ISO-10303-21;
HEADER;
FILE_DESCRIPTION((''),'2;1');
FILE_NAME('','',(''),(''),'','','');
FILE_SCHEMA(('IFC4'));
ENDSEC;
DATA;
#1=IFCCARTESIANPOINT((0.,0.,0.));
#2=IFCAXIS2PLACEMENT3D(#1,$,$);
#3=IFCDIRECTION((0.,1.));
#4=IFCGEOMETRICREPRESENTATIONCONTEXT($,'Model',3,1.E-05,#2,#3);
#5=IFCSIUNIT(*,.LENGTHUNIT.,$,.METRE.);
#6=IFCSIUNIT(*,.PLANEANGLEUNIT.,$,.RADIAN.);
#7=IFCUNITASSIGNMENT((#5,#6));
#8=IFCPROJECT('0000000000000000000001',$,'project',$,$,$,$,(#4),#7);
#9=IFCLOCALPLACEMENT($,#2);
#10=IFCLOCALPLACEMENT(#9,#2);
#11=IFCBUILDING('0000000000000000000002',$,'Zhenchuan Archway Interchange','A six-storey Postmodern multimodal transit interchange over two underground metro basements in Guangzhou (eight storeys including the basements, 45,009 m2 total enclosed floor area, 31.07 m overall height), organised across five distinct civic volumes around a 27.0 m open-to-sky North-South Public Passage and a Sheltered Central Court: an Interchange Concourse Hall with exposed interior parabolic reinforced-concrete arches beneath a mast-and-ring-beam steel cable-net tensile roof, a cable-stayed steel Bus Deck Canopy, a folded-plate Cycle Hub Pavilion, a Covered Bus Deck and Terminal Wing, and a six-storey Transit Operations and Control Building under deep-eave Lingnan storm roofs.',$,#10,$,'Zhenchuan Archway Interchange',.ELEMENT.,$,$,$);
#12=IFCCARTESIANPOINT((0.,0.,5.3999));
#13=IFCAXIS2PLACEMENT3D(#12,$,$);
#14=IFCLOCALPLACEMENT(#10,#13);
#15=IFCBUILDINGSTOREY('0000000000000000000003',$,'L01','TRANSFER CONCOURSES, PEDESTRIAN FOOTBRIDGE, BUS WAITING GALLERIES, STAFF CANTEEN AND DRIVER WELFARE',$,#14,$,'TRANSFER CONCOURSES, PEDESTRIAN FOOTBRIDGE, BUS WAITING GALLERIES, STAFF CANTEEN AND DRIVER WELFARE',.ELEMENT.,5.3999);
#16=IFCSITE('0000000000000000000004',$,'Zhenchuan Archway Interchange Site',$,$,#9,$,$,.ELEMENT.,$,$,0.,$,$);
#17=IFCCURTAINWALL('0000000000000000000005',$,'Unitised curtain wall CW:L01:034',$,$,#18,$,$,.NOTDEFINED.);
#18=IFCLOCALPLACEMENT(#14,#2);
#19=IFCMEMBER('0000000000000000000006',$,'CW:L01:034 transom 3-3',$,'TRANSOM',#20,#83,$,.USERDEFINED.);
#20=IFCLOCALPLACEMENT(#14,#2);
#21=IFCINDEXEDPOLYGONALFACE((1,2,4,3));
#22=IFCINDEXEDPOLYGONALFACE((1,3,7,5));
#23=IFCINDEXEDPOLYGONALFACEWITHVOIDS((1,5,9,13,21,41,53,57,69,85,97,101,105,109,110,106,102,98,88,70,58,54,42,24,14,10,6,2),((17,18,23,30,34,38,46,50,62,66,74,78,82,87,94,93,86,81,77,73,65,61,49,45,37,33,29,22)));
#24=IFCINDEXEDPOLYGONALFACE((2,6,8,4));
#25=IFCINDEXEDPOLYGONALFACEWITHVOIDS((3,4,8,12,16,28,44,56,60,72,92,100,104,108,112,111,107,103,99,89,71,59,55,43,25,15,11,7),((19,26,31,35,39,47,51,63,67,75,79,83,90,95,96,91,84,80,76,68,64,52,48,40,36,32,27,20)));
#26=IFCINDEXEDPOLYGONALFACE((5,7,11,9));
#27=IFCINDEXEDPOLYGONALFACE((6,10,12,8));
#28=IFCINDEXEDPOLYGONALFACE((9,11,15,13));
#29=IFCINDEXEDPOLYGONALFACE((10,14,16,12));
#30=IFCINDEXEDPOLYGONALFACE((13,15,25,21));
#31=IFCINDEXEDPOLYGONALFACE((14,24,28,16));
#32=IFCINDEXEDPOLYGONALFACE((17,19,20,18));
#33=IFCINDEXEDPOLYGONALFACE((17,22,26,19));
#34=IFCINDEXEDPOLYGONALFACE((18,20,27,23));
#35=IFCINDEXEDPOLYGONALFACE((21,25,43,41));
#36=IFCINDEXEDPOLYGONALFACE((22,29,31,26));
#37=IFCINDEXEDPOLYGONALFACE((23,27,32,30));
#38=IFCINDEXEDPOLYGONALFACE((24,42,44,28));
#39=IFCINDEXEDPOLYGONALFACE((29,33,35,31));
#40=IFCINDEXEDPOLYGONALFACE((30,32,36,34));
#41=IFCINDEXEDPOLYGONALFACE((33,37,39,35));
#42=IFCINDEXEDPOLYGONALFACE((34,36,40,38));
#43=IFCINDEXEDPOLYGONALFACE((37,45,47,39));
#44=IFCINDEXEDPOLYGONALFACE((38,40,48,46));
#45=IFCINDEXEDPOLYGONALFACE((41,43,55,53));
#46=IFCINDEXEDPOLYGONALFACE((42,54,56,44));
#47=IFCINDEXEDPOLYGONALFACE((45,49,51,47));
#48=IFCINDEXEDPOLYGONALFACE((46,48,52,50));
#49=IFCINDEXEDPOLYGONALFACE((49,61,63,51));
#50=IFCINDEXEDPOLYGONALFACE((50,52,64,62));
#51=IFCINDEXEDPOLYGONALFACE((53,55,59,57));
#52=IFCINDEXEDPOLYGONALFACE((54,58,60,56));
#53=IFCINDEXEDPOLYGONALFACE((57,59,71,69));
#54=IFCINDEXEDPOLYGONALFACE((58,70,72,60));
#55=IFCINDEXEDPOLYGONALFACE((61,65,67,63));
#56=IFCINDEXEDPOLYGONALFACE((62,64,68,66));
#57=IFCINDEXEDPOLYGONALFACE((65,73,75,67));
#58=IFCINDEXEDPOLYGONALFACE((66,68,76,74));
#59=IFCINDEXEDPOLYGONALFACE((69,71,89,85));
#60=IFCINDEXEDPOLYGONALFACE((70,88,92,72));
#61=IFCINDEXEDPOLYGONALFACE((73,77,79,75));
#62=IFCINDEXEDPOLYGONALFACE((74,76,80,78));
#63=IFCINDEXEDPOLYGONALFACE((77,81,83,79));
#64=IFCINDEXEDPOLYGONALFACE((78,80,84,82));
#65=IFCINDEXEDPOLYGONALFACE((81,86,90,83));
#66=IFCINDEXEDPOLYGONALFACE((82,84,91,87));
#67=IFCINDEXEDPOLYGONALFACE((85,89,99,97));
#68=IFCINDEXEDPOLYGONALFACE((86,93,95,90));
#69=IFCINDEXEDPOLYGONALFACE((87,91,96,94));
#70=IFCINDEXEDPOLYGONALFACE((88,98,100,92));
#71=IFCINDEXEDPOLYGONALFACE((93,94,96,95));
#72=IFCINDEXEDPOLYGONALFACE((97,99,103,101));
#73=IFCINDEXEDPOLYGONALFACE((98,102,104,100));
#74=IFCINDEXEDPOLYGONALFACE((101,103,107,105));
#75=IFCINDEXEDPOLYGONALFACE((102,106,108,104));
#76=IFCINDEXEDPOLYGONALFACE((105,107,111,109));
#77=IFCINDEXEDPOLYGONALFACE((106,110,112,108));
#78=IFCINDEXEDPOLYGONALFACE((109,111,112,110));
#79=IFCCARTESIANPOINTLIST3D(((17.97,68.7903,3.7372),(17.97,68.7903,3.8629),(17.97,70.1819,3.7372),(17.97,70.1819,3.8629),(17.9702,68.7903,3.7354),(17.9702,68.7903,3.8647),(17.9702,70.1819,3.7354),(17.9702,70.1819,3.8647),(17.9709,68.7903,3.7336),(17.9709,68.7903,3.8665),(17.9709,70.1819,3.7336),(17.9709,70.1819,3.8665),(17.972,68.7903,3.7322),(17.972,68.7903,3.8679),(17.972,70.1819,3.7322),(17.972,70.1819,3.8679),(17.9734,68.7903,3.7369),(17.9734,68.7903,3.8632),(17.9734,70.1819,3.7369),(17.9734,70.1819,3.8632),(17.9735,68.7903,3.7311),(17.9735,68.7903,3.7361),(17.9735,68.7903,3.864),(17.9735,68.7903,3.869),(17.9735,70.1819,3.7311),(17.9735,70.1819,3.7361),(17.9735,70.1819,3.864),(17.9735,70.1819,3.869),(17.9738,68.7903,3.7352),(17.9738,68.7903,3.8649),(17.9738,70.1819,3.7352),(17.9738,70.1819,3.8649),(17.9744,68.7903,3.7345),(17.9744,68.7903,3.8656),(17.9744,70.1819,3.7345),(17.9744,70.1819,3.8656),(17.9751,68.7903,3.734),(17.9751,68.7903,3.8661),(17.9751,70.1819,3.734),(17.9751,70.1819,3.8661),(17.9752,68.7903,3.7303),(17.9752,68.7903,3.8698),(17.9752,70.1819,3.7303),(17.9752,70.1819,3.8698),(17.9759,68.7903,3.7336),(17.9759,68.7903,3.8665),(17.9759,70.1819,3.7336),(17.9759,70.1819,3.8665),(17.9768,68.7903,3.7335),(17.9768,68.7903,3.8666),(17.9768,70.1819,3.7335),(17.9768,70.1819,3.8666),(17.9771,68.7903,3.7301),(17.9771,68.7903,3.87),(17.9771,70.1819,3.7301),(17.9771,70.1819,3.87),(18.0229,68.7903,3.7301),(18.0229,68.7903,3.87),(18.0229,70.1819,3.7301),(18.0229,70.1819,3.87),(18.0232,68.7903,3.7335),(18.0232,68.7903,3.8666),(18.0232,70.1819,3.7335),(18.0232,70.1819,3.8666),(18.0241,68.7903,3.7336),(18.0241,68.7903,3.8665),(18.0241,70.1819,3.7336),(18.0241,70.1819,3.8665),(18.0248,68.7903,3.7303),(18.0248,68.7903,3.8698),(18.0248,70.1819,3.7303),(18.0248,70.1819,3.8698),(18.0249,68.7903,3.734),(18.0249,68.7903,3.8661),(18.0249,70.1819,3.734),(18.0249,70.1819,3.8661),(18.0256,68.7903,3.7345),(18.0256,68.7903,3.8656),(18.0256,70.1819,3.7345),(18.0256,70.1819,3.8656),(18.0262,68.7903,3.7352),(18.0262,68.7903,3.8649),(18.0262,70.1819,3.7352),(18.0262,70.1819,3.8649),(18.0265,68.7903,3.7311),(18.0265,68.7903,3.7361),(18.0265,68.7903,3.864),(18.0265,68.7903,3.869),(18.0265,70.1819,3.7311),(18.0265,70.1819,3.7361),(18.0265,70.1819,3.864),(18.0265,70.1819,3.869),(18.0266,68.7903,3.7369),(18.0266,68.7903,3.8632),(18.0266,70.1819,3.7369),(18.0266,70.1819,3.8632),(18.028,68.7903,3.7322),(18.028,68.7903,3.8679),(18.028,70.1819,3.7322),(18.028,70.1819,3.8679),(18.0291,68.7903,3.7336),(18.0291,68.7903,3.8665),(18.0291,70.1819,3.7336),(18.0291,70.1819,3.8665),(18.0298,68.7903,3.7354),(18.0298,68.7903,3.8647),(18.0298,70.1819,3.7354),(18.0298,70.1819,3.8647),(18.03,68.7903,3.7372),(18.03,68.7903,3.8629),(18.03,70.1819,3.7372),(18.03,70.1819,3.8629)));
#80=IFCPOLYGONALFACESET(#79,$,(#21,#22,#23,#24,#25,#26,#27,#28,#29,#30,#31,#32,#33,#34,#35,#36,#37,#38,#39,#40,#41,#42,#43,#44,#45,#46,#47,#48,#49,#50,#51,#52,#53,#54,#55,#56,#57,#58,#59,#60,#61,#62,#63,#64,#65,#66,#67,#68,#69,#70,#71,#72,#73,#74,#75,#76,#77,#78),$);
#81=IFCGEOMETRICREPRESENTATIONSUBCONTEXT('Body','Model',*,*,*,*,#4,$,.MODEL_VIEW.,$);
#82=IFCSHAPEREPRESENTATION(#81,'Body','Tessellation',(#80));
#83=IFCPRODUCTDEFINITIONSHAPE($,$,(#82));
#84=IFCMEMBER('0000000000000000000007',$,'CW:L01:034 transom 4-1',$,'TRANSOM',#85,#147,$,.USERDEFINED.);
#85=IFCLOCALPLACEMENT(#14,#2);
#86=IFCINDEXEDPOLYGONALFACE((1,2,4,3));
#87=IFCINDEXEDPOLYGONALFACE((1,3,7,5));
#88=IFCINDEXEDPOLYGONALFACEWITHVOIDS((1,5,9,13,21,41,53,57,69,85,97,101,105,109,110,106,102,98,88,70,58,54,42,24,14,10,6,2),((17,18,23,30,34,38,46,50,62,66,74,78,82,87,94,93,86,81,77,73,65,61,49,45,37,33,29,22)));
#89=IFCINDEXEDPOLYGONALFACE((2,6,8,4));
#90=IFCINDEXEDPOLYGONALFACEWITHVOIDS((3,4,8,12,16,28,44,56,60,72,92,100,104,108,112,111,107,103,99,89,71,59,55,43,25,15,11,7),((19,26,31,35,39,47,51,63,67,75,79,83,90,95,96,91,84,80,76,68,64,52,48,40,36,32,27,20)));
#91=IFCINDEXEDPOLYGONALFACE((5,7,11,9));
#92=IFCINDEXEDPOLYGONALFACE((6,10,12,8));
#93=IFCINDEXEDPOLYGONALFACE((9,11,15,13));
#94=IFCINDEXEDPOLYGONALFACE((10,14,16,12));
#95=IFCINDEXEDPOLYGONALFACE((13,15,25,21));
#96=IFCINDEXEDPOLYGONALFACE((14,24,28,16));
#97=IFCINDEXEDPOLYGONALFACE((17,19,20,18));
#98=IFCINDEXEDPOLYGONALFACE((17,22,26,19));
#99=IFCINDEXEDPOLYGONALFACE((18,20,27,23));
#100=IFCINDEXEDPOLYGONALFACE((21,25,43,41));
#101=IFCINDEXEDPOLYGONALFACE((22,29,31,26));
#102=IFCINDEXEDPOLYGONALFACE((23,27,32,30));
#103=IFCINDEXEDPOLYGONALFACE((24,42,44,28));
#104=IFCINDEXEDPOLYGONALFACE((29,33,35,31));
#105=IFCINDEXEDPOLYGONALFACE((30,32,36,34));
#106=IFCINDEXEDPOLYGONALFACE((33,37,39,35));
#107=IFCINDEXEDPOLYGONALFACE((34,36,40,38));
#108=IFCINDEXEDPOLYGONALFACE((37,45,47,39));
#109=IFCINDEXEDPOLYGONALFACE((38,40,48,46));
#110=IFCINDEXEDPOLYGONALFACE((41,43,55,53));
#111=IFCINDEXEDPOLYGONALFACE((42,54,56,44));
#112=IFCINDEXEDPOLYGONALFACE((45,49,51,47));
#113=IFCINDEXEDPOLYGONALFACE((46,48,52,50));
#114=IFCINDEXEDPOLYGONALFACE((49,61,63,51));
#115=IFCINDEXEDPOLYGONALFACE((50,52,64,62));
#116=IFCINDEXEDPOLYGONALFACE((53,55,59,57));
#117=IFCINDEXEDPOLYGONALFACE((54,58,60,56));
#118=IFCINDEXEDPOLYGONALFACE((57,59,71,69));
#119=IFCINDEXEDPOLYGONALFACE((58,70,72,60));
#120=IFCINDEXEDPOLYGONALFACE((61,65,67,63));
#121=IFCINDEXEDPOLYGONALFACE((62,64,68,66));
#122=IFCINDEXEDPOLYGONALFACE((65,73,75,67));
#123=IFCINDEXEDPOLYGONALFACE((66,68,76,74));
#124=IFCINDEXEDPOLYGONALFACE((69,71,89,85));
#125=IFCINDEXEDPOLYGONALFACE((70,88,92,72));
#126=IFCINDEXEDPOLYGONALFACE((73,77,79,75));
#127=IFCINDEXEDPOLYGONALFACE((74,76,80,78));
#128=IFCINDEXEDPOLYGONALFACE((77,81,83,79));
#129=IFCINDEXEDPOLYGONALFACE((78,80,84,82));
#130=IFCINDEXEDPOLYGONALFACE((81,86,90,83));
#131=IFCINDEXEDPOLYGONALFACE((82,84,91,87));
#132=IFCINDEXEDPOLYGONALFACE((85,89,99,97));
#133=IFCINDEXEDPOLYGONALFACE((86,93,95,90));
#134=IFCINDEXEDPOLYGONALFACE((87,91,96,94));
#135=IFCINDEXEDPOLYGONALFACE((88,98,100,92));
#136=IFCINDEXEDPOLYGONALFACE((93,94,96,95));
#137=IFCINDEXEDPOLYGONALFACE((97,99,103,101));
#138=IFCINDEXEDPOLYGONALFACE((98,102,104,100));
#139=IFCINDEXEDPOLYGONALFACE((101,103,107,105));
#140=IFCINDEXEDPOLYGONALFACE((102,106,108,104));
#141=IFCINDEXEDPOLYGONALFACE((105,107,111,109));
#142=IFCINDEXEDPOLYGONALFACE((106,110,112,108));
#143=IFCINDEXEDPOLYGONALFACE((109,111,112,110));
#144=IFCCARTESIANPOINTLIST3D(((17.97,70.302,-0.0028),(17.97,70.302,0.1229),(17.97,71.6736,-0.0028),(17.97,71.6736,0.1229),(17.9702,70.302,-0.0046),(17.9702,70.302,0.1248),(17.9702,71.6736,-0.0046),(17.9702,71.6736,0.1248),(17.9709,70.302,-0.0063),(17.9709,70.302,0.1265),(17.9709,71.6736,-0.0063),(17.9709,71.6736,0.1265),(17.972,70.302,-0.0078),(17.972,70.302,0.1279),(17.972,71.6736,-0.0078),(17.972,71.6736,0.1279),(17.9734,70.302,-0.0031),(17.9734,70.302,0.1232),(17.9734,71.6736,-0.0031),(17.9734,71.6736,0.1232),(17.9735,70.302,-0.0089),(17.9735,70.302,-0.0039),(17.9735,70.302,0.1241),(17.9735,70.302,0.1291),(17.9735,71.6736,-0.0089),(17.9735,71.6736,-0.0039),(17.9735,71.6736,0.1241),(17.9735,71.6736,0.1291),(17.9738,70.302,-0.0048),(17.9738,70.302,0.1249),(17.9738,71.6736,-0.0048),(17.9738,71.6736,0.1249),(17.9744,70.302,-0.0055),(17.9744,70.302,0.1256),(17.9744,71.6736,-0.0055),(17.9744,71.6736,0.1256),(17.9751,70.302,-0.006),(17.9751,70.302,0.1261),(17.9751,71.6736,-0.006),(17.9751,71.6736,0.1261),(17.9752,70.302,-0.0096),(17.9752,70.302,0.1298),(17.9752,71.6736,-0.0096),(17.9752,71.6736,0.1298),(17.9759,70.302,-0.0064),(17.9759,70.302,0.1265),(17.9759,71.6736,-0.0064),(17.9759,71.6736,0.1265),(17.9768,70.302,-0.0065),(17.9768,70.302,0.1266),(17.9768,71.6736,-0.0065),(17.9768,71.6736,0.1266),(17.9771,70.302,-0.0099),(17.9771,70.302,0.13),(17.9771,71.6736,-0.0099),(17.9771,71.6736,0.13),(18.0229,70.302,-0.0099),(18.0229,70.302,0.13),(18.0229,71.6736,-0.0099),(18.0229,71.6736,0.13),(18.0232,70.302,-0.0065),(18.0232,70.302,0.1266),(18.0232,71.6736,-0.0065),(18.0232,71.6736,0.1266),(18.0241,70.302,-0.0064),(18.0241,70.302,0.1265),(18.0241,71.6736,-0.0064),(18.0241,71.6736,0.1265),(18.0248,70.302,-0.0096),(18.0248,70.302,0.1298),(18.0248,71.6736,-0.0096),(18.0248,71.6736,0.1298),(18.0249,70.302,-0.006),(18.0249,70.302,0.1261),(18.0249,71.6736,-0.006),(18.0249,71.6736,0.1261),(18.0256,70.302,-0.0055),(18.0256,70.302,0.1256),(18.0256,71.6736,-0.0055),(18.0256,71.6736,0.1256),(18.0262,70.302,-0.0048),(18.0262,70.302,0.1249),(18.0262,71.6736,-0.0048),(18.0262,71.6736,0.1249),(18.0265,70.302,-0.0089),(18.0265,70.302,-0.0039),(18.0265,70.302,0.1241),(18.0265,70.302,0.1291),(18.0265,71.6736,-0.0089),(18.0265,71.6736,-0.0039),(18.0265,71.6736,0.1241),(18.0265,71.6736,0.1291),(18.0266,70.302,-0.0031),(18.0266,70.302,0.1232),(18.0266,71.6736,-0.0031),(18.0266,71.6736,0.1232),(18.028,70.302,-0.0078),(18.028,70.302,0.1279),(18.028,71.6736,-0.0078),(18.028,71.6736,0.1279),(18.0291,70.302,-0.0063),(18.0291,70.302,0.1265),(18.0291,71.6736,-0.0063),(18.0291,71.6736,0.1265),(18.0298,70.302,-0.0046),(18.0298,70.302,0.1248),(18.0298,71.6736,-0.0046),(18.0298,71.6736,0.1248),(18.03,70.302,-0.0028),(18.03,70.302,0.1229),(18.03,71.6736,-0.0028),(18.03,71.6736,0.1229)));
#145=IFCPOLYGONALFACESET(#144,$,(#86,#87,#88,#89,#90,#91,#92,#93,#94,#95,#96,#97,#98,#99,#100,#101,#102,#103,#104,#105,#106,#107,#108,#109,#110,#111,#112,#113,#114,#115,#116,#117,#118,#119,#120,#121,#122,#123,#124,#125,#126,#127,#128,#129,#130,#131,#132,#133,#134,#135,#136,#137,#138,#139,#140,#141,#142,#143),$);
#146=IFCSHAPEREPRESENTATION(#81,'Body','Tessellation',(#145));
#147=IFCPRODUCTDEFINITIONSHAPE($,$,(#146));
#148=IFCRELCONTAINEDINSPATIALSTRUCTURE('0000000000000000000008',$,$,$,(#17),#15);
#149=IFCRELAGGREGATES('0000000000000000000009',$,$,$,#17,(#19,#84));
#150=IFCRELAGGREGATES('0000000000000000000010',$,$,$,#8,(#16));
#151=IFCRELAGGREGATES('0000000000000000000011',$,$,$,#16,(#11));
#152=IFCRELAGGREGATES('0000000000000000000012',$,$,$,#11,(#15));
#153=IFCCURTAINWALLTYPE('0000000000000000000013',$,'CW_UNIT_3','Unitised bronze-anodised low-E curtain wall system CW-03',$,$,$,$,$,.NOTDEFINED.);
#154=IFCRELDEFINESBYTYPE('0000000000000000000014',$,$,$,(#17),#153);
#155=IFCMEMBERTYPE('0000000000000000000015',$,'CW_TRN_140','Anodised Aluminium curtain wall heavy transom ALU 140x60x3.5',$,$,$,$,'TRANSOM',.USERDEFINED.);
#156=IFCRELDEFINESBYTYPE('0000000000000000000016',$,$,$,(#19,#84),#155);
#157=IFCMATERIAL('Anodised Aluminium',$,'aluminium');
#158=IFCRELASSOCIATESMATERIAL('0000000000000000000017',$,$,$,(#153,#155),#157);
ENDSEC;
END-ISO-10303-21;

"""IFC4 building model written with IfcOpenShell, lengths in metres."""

from ifc_helpers import new_model, si_unit, direction, frame, origin, origin_2d, place, context, subcontext, project, spatial, hollow_rectangle, extrude, material, material_profile, profile_set, type_object, element, aggregate, save


model = new_model("IFC4")

# Units and contexts
model_context = context("Model", 3, precision=1e-05, world=origin(), true_north=direction((0.0, 1.0)))
body_context = subcontext(model_context, "Body", "Model", "MODEL_VIEW")
ifc_project = project(units=[si_unit("LENGTHUNIT", "METRE"), si_unit("PLANEANGLEUNIT", "RADIAN")], contexts=[model_context])

# Site, building, storey
site_placement = place(None, origin())
site = spatial("IfcSite", under=ifc_project, at=site_placement, Name="Zhenchuan Archway Interchange Site", CompositionType="ELEMENT", RefElevation=0.0)
building_placement = place(site_placement, origin())
building = spatial("IfcBuilding", under=site, at=building_placement, Name="Zhenchuan Archway Interchange", Description="A six-storey Postmodern multimodal transit interchange over two underground metro basements in Guangzhou (eight storeys including the basements, 45,009 m2 total enclosed floor area, 31.07 m overall height), organised across five distinct civic volumes around a 27.0 m open-to-sky North-South Public Passage and a Sheltered Central Court: an Interchange Concourse Hall with exposed interior parabolic reinforced-concrete arches beneath a mast-and-ring-beam steel cable-net tensile roof, a cable-stayed steel Bus Deck Canopy, a folded-plate Cycle Hub Pavilion, a Covered Bus Deck and Terminal Wing, and a six-storey Transit Operations and Control Building under deep-eave Lingnan storm roofs.", LongName="Zhenchuan Archway Interchange", CompositionType="ELEMENT")
storey_placement = place(building_placement, frame((0.0, 0.0, 5.3999)))
storey = spatial("IfcBuildingStorey", under=building, at=storey_placement, Name="L01", Description="TRANSFER CONCOURSES, PEDESTRIAN FOOTBRIDGE, BUS WAITING GALLERIES, STAFF CANTEEN AND DRIVER WELFARE", LongName="TRANSFER CONCOURSES, PEDESTRIAN FOOTBRIDGE, BUS WAITING GALLERIES, STAFF CANTEEN AND DRIVER WELFARE", CompositionType="ELEMENT", Elevation=5.3999)

# Curtain wall
ifc_material_1 = material(Name="Anodised Aluminium", Category="aluminium")
curtain_wall_type_1 = type_object("IfcCurtainWallType", Name="CW_UNIT_3", Description="Unitised bronze-anodised low-E curtain wall system CW-03", PredefinedType="NOTDEFINED", material=ifc_material_1)
curtain_wall_1_placement = place(storey_placement, origin())
curtain_wall_1 = element("IfcCurtainWall", 1, at=curtain_wall_1_placement, inside=storey, type_object=curtain_wall_type_1, Name="Unitised curtain wall CW:L01:034", PredefinedType="NOTDEFINED")

# Members
ifc_material_profile_1 = material_profile(ifc_material_1, hollow_rectangle(XDim=0.0601, YDim=0.1399, WallThickness=0.0034, InnerFilletRadius=0.0034, OuterFilletRadius=0.0071, at=origin_2d()), Name="ALU 140x60x3.5")
ifc_profile_set_1 = profile_set([ifc_material_profile_1], Name="Anodised Aluminium")
member_type_1 = type_object("IfcMemberType", Name="CW_TRN_140", Description="Anodised Aluminium curtain wall heavy transom ALU 140x60x3.5", ElementType="TRANSOM", PredefinedType="USERDEFINED", material=ifc_profile_set_1)
member_1_placement = place(storey_placement, frame((18.0, 68.7903, 3.8), z_axis=(0.0, 1.0, 0.0), x_axis=(-1.0, 0.0, 0.0)))
member_1 = element("IfcMember", 2, at=member_1_placement, type_object=member_type_1, Name="CW:L01:034 transom 3-3", ObjectType="TRANSOM", PredefinedType="USERDEFINED", context=body_context, shape_type="SweptSolid", body=[
    extrude(hollow_rectangle(XDim=0.0601, YDim=0.1399, WallThickness=0.0034, InnerFilletRadius=0.0034, OuterFilletRadius=0.0071, at=origin_2d()), origin(), (0.0, 0.0, 1.0), 1.3916),
])
member_2_placement = place(storey_placement, frame((18.0, 70.302, 0.0601), z_axis=(0.0, 1.0, 0.0), x_axis=(-1.0, 0.0, 0.0)))
member_2 = element("IfcMember", 3, at=member_2_placement, type_object=member_type_1, Name="CW:L01:034 transom 4-1", ObjectType="TRANSOM", PredefinedType="USERDEFINED", context=body_context, shape_type="SweptSolid", body=[
    extrude(hollow_rectangle(XDim=0.0601, YDim=0.1399, WallThickness=0.0034, InnerFilletRadius=0.0034, OuterFilletRadius=0.0071, at=origin_2d()), origin(), (0.0, 0.0, 1.0), 1.3716),
])

aggregate(curtain_wall_1, [member_1, member_2])

save(model, "model.ifc")
